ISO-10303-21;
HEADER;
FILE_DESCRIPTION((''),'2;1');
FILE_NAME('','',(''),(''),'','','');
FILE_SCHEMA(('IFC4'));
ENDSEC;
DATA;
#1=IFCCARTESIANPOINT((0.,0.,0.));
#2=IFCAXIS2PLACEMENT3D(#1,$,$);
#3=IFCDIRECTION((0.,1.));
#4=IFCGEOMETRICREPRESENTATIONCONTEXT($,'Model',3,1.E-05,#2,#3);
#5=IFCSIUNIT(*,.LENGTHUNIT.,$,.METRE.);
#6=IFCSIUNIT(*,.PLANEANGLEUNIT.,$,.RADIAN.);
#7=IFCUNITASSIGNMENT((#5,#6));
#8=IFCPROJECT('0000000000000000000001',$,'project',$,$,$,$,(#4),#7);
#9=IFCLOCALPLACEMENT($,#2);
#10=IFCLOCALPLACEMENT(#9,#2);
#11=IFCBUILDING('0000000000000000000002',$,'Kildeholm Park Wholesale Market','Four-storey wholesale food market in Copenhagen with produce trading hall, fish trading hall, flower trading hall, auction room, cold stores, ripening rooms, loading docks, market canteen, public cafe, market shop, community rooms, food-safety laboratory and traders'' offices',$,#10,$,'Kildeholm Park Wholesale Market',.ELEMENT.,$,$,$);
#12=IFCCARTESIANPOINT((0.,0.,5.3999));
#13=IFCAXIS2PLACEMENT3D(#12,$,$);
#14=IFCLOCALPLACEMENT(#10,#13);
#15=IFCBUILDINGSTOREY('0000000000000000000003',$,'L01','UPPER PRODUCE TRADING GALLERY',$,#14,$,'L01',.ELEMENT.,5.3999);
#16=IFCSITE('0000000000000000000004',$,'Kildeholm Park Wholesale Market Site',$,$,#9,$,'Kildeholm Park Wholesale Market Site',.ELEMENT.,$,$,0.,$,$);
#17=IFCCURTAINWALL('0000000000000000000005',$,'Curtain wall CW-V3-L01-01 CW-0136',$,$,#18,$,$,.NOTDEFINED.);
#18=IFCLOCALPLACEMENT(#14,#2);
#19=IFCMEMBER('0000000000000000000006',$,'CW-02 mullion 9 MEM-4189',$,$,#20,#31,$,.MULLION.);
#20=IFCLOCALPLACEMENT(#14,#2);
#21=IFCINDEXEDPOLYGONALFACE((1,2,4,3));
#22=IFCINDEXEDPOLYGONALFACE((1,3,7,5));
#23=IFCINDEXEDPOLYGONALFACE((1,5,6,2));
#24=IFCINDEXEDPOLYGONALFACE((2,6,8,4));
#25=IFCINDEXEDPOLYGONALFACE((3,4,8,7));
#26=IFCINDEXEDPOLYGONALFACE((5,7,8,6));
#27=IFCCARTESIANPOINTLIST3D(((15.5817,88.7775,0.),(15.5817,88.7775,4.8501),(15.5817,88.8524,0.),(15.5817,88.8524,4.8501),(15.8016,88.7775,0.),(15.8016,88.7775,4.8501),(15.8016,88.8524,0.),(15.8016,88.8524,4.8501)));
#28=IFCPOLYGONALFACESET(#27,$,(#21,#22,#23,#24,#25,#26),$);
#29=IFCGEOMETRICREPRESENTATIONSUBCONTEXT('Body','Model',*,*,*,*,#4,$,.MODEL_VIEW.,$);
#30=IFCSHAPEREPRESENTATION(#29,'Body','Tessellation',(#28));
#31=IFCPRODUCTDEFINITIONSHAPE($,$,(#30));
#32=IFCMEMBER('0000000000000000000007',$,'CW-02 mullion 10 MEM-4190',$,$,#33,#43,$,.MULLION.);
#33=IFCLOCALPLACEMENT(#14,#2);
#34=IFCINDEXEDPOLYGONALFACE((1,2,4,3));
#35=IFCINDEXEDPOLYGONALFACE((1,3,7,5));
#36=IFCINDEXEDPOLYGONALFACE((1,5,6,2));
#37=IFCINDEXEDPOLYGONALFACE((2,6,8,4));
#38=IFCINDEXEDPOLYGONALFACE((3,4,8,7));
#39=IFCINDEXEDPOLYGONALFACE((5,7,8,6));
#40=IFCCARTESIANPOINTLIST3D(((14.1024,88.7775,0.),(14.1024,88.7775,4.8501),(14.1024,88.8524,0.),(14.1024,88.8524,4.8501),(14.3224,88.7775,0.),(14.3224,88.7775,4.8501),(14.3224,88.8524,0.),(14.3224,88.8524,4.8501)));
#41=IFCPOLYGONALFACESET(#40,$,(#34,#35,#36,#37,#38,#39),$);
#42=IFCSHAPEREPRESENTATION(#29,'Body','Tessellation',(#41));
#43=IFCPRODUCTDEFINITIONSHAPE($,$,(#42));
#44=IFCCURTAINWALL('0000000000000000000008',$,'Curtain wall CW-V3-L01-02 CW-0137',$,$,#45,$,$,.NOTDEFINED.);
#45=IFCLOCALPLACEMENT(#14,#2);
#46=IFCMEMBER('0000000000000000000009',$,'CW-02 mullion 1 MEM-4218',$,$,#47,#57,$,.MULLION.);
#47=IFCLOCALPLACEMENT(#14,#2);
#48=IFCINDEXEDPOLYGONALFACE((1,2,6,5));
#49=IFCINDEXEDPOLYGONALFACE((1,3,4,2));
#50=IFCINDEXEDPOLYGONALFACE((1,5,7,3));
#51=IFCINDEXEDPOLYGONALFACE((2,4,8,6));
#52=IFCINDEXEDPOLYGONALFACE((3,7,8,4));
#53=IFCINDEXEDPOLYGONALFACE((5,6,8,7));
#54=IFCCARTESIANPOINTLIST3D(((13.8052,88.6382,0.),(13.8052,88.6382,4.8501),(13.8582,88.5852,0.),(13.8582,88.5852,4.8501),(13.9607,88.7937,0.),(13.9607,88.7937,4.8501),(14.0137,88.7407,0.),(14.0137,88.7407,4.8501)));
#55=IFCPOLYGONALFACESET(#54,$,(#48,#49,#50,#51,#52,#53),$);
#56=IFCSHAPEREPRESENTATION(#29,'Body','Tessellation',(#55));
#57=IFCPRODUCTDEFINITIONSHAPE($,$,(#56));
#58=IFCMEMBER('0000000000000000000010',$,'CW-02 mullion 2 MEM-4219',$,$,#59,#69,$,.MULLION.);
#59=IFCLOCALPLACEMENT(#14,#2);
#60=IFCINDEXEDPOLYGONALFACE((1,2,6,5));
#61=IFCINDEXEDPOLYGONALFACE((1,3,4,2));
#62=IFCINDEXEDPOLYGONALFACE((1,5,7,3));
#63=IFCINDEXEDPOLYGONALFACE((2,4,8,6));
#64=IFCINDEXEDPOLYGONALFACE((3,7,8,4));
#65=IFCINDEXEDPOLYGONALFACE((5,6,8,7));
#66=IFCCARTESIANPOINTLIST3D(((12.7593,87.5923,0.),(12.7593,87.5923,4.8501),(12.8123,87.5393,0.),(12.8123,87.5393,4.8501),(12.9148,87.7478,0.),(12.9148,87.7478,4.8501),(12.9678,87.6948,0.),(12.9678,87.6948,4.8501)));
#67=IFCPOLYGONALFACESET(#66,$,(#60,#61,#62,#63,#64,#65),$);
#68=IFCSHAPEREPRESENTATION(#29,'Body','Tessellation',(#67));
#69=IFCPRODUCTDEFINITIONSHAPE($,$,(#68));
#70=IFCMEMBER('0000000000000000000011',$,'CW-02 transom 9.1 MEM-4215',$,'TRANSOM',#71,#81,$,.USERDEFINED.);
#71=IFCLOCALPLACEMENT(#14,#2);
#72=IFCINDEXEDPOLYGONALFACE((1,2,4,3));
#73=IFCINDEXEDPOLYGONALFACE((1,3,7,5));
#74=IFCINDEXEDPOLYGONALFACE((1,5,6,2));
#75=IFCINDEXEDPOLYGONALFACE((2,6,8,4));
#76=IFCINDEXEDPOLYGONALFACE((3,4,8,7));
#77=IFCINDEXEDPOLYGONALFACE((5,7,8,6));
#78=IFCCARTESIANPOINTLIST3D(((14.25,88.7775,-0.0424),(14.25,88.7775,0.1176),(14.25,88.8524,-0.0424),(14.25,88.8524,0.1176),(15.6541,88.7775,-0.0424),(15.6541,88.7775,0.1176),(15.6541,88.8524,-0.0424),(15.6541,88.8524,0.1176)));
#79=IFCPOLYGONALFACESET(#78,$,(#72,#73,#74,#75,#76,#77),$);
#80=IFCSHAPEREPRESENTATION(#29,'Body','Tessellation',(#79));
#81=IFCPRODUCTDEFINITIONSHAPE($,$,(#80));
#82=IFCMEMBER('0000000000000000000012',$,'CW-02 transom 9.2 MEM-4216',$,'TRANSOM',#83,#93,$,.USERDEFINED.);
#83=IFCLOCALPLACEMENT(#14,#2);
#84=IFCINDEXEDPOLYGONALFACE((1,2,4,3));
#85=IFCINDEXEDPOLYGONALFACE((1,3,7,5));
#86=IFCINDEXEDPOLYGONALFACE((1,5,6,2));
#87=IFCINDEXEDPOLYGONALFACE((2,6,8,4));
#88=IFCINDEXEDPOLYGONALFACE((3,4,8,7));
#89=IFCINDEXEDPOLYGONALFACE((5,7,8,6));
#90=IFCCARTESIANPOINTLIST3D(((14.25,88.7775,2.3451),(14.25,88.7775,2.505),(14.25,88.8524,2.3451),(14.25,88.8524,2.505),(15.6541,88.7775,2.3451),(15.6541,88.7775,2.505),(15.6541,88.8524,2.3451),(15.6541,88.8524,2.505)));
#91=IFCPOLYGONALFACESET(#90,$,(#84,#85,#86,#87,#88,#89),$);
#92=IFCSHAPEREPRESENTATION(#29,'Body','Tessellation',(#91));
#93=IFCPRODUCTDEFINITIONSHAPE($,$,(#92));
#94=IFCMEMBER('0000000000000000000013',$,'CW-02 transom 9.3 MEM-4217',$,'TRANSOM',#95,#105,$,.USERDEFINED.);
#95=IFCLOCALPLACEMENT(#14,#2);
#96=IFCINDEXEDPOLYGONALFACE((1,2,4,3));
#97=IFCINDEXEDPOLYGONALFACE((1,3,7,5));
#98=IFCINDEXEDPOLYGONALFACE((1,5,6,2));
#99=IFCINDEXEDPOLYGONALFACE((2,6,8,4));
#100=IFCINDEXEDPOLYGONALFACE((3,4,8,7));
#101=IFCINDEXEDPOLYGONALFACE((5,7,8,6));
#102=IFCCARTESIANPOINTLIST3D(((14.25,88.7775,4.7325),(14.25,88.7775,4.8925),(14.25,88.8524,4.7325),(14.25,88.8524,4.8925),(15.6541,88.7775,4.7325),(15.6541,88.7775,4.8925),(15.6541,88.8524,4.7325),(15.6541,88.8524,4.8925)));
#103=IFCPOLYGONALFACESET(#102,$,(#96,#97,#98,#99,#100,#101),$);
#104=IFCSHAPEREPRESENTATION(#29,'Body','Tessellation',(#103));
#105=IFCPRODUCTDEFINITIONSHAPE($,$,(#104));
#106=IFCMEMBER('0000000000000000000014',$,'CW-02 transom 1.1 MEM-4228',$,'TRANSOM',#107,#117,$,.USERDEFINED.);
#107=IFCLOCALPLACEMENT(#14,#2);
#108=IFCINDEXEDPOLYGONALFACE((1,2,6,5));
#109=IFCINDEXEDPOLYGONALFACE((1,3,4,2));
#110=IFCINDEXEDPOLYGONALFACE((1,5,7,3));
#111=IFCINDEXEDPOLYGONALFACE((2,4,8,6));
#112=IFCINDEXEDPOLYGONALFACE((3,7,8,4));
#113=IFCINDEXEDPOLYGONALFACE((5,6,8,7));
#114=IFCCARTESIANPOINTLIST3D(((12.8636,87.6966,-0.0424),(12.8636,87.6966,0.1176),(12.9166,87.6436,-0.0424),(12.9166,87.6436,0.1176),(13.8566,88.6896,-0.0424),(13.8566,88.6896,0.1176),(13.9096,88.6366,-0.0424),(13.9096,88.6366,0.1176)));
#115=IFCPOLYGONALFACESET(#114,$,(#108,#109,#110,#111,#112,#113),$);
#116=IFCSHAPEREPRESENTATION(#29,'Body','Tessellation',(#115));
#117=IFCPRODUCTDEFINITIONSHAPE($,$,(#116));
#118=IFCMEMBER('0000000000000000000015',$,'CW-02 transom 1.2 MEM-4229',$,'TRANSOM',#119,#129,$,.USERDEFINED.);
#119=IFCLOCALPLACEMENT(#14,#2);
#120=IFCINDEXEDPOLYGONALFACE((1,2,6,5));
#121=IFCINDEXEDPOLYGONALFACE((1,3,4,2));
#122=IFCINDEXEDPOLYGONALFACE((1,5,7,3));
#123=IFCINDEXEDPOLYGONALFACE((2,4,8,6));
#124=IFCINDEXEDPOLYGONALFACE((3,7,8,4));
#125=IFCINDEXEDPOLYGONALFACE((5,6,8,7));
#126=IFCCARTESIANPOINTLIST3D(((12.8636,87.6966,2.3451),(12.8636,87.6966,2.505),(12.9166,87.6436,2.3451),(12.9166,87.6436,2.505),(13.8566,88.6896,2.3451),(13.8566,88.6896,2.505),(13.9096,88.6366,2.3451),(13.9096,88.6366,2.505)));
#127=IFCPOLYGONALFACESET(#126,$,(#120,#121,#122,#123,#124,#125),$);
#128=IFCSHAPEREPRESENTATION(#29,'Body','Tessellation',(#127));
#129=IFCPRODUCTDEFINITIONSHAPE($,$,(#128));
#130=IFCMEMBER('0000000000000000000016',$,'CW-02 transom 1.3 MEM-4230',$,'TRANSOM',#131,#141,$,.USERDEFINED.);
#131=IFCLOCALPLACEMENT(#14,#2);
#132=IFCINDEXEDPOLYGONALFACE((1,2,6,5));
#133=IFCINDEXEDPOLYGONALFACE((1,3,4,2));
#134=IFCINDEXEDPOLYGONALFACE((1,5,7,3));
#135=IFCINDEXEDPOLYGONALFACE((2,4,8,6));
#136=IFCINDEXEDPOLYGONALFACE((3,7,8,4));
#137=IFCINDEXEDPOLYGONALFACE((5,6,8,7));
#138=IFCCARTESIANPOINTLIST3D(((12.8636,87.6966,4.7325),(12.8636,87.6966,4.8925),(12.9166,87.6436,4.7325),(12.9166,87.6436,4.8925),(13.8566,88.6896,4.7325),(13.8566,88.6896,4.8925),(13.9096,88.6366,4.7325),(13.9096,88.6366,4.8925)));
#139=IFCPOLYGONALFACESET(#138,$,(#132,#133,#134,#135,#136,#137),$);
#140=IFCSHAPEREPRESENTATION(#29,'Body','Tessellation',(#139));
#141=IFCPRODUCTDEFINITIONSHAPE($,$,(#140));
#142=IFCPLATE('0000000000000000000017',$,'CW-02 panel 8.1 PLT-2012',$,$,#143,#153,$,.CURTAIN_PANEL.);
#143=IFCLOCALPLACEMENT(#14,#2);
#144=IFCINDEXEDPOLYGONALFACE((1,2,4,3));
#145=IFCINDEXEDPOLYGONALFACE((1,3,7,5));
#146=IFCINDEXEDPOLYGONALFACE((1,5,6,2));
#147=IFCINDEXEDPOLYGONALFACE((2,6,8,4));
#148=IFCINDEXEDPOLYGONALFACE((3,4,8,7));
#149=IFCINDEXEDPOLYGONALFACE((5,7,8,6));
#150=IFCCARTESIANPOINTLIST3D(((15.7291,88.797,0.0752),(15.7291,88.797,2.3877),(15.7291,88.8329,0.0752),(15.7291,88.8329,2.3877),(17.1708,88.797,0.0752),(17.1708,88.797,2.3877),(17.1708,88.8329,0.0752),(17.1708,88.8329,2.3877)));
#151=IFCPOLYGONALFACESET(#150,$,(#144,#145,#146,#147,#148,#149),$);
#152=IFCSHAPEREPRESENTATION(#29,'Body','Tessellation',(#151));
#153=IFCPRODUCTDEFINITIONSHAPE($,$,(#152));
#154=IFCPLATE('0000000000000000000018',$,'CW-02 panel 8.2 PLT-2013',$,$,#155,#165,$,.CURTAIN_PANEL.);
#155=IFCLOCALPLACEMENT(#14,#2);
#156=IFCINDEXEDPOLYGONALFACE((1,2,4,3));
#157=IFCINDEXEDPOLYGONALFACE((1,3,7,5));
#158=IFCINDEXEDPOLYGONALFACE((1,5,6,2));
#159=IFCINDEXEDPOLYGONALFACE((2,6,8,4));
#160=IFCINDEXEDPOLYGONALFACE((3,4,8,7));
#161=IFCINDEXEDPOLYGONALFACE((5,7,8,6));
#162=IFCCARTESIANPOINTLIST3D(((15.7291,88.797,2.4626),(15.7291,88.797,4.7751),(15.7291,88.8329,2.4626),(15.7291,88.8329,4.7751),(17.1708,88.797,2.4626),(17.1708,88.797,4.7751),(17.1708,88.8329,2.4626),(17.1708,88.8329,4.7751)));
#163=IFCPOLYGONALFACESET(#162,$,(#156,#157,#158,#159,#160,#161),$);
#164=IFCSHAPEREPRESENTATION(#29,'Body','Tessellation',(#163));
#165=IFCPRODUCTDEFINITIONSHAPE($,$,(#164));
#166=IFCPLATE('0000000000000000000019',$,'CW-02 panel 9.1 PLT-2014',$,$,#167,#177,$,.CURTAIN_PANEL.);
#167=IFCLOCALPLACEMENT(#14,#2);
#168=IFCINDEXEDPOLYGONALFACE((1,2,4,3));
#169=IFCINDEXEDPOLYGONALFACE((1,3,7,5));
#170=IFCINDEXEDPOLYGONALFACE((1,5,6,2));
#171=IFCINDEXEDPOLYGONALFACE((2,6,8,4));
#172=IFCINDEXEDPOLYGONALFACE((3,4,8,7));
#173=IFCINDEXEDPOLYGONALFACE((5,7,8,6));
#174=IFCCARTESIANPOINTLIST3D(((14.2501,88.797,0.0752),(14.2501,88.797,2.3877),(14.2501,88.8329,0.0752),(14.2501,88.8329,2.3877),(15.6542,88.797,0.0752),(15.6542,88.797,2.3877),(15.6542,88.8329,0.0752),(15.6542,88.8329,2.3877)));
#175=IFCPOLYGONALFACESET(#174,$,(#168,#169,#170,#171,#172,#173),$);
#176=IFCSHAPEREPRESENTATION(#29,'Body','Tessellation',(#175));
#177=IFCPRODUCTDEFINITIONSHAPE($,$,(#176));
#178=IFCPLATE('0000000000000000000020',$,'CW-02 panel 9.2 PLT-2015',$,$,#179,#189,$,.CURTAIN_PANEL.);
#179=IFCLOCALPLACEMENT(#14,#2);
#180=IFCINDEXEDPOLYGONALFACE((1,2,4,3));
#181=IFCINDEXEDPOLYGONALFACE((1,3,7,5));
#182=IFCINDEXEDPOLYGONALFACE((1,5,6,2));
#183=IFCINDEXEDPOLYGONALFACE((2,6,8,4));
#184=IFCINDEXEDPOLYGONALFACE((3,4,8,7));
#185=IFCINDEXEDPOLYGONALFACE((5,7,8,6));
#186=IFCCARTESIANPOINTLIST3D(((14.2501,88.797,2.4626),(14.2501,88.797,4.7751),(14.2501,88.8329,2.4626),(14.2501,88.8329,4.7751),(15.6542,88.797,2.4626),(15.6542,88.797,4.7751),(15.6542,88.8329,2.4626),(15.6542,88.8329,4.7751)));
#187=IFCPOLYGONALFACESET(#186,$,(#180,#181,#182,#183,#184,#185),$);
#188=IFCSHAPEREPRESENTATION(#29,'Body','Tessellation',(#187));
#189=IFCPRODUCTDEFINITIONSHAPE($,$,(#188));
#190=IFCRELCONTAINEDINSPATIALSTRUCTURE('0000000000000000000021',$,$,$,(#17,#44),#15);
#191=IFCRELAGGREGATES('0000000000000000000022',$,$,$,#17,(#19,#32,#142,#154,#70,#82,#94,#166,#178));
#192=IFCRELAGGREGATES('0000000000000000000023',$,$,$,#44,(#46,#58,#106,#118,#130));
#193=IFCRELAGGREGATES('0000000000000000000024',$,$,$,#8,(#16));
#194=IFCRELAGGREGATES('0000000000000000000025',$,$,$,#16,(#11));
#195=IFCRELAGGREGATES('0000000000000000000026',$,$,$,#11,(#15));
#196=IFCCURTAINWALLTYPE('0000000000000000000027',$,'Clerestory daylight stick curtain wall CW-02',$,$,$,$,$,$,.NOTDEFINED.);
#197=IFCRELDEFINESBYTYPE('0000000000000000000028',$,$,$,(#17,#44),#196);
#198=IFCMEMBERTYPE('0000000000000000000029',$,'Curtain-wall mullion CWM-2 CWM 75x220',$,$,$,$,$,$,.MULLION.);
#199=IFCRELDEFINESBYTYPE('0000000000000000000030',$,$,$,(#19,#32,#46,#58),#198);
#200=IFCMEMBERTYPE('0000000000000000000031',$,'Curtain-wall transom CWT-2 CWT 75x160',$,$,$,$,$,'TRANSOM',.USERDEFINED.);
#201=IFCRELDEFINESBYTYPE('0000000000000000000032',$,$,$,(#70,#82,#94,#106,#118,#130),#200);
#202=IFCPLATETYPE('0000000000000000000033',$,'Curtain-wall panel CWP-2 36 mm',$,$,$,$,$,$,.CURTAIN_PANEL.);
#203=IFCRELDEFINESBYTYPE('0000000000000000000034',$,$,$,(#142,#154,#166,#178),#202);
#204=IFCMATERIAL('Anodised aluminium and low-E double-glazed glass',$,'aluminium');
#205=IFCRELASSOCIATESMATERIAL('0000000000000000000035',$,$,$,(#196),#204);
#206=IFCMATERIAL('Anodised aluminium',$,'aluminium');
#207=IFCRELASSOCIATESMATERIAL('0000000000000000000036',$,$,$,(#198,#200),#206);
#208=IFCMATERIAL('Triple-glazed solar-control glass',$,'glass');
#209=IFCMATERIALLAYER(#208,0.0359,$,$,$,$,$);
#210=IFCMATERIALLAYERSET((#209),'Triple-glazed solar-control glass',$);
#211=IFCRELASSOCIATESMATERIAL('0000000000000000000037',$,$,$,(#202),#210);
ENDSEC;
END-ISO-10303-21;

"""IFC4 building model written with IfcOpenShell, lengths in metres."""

from ifc_helpers import new_model, si_unit, direction, frame, origin, origin_2d, place, context, subcontext, project, spatial, rectangle, extrude, material, layer, layer_set, material_profile, profile_set, type_object, element, aggregate, save


model = new_model("IFC4")

# Units and contexts
model_context = context("Model", 3, precision=1e-05, world=origin(), true_north=direction((0.0, 1.0)))
body_context = subcontext(model_context, "Body", "Model", "MODEL_VIEW")
ifc_project = project(units=[si_unit("LENGTHUNIT", "METRE"), si_unit("PLANEANGLEUNIT", "RADIAN")], contexts=[model_context])

# Site, building, storey
site_placement = place(None, origin())
site = spatial("IfcSite", under=ifc_project, at=site_placement, Name="Kildeholm Park Wholesale Market Site", LongName="Kildeholm Park Wholesale Market Site", CompositionType="ELEMENT", RefElevation=0.0)
building_placement = place(site_placement, origin())
building = spatial("IfcBuilding", under=site, at=building_placement, Name="Kildeholm Park Wholesale Market", Description="Four-storey wholesale food market in Copenhagen with produce trading hall, fish trading hall, flower trading hall, auction room, cold stores, ripening rooms, loading docks, market canteen, public cafe, market shop, community rooms, food-safety laboratory and traders' offices", LongName="Kildeholm Park Wholesale Market", CompositionType="ELEMENT")
storey_placement = place(building_placement, frame((0.0, 0.0, 5.3999)))
storey = spatial("IfcBuildingStorey", under=building, at=storey_placement, Name="L01", Description="UPPER PRODUCE TRADING GALLERY", LongName="L01", CompositionType="ELEMENT", Elevation=5.3999)

# Curtain walls, members
ifc_material_1 = material(Name="Anodised aluminium and low-E double-glazed glass", Category="aluminium")
curtain_wall_type = type_object("IfcCurtainWallType", Name="Clerestory daylight stick curtain wall CW-02", PredefinedType="NOTDEFINED", material=ifc_material_1)
curtain_wall_1_placement = place(storey_placement, origin())
curtain_wall_1 = element("IfcCurtainWall", 1, at=curtain_wall_1_placement, inside=storey, type_object=curtain_wall_type, Name="Curtain wall CW-V3-L01-01 CW-0136", PredefinedType="NOTDEFINED")
ifc_material_2 = material(Name="Anodised aluminium", Category="aluminium")
ifc_material_profile_1 = material_profile(ifc_material_2, rectangle(XDim=0.075, YDim=0.22, at=origin_2d()), Name="CWM 75x220")
ifc_profile_set_1 = profile_set([ifc_material_profile_1], Name="Anodised aluminium")
member_type_1 = type_object("IfcMemberType", Name="Curtain-wall mullion CWM-2 CWM 75x220", PredefinedType="MULLION", material=ifc_profile_set_1)
member_1_placement = place(storey_placement, frame((15.6917, 88.8149, 0.0), z_axis=(0.0, 0.0, 1.0), x_axis=(0.0, -1.0, 0.0)))
member_1 = element("IfcMember", 2, at=member_1_placement, type_object=member_type_1, Name="CW-02 mullion 9 MEM-4189", PredefinedType="MULLION", context=body_context, shape_type="SweptSolid", body=[
    extrude(rectangle(XDim=0.075, YDim=0.22, at=origin_2d()), origin(), (0.0, 0.0, 1.0), 4.8501),
])
member_2_placement = place(storey_placement, frame((14.2124, 88.8149, 0.0), z_axis=(0.0, 0.0, 1.0), x_axis=(0.0, -1.0, 0.0)))
member_2 = element("IfcMember", 3, at=member_2_placement, type_object=member_type_1, Name="CW-02 mullion 10 MEM-4190", PredefinedType="MULLION", context=body_context, shape_type="SweptSolid", body=[
    extrude(rectangle(XDim=0.075, YDim=0.22, at=origin_2d()), origin(), (0.0, 0.0, 1.0), 4.8501),
])
curtain_wall_2_placement = place(storey_placement, origin())
curtain_wall_2 = element("IfcCurtainWall", 4, at=curtain_wall_2_placement, inside=storey, type_object=curtain_wall_type, Name="Curtain wall CW-V3-L01-02 CW-0137", PredefinedType="NOTDEFINED")
member_3_placement = place(storey_placement, frame((13.9094, 88.6895, 0.0), z_axis=(0.0, 0.0, 1.0), x_axis=(0.707107, -0.707107, 0.0)))
member_3 = element("IfcMember", 5, at=member_3_placement, type_object=member_type_1, Name="CW-02 mullion 1 MEM-4218", PredefinedType="MULLION", context=body_context, shape_type="SweptSolid", body=[
    extrude(rectangle(XDim=0.075, YDim=0.22, at=origin_2d()), origin(), (0.0, 0.0, 1.0), 4.8501),
])
member_4_placement = place(storey_placement, frame((12.8635, 87.6436, 0.0), z_axis=(0.0, 0.0, 1.0), x_axis=(0.707107, -0.707107, 0.0)))
member_4 = element("IfcMember", 6, at=member_4_placement, type_object=member_type_1, Name="CW-02 mullion 2 MEM-4219", PredefinedType="MULLION", context=body_context, shape_type="SweptSolid", body=[
    extrude(rectangle(XDim=0.075, YDim=0.22, at=origin_2d()), origin(), (0.0, 0.0, 1.0), 4.8501),
])

# Members
ifc_material_profile_2 = material_profile(ifc_material_2, rectangle(XDim=0.075, YDim=0.1599, at=origin_2d()), Name="CWT 75x160")
ifc_profile_set_2 = profile_set([ifc_material_profile_2], Name="Anodised aluminium")
member_type_2 = type_object("IfcMemberType", Name="Curtain-wall transom CWT-2 CWT 75x160", ElementType="TRANSOM", PredefinedType="USERDEFINED", material=ifc_profile_set_2)
member_5_placement = place(storey_placement, frame((15.6541, 88.8149, 0.0376), z_axis=(-1.0, 0.0, 0.0), x_axis=(0.0, -1.0, 0.0)))
member_5 = element("IfcMember", 7, at=member_5_placement, type_object=member_type_2, Name="CW-02 transom 9.1 MEM-4215", ObjectType="TRANSOM", PredefinedType="USERDEFINED", context=body_context, shape_type="SweptSolid", body=[
    extrude(rectangle(XDim=0.075, YDim=0.1599, at=origin_2d()), origin(), (0.0, 0.0, 1.0), 1.4041),
])
member_6_placement = place(storey_placement, frame((15.6541, 88.8149, 2.425), z_axis=(-1.0, 0.0, 0.0), x_axis=(0.0, -1.0, 0.0)))
member_6 = element("IfcMember", 8, at=member_6_placement, type_object=member_type_2, Name="CW-02 transom 9.2 MEM-4216", ObjectType="TRANSOM", PredefinedType="USERDEFINED", context=body_context, shape_type="SweptSolid", body=[
    extrude(rectangle(XDim=0.075, YDim=0.1599, at=origin_2d()), origin(), (0.0, 0.0, 1.0), 1.4041),
])
member_7_placement = place(storey_placement, frame((15.6541, 88.8149, 4.8125), z_axis=(-1.0, 0.0, 0.0), x_axis=(0.0, -1.0, 0.0)))
member_7 = element("IfcMember", 9, at=member_7_placement, type_object=member_type_2, Name="CW-02 transom 9.3 MEM-4217", ObjectType="TRANSOM", PredefinedType="USERDEFINED", context=body_context, shape_type="SweptSolid", body=[
    extrude(rectangle(XDim=0.075, YDim=0.1599, at=origin_2d()), origin(), (0.0, 0.0, 1.0), 1.4041),
])
member_8_placement = place(storey_placement, frame((13.8831, 88.6631, 0.0376), z_axis=(-0.707107, -0.707107, 0.0), x_axis=(0.707107, -0.707107, 0.0)))
member_8 = element("IfcMember", 10, at=member_8_placement, type_object=member_type_2, Name="CW-02 transom 1.1 MEM-4228", ObjectType="TRANSOM", PredefinedType="USERDEFINED", context=body_context, shape_type="SweptSolid", body=[
    extrude(rectangle(XDim=0.075, YDim=0.1599, at=origin_2d()), origin(), (0.0, 0.0, 1.0), 1.4043),
])
member_9_placement = place(storey_placement, frame((13.8831, 88.6631, 2.425), z_axis=(-0.707107, -0.707107, 0.0), x_axis=(0.707107, -0.707107, 0.0)))
member_9 = element("IfcMember", 11, at=member_9_placement, type_object=member_type_2, Name="CW-02 transom 1.2 MEM-4229", ObjectType="TRANSOM", PredefinedType="USERDEFINED", context=body_context, shape_type="SweptSolid", body=[
    extrude(rectangle(XDim=0.075, YDim=0.1599, at=origin_2d()), origin(), (0.0, 0.0, 1.0), 1.4043),
])
member_10_placement = place(storey_placement, frame((13.8831, 88.6631, 4.8125), z_axis=(-0.707107, -0.707107, 0.0), x_axis=(0.707107, -0.707107, 0.0)))
member_10 = element("IfcMember", 12, at=member_10_placement, type_object=member_type_2, Name="CW-02 transom 1.3 MEM-4230", ObjectType="TRANSOM", PredefinedType="USERDEFINED", context=body_context, shape_type="SweptSolid", body=[
    extrude(rectangle(XDim=0.075, YDim=0.1599, at=origin_2d()), origin(), (0.0, 0.0, 1.0), 1.4043),
])

# Plates
ifc_material_3 = material(Name="Triple-glazed solar-control glass", Category="glass")
ifc_layer = layer(ifc_material_3, 0.0359)
ifc_layer_set = layer_set([ifc_layer], Name="Triple-glazed solar-control glass")
plate_type = type_object("IfcPlateType", Name="Curtain-wall panel CWP-2 36 mm", PredefinedType="CURTAIN_PANEL", material=ifc_layer_set)
plate_1_placement = place(storey_placement, frame((16.45, 88.8149, 0.0752), z_axis=(0.0, 0.0, 1.0), x_axis=(-1.0, 0.0, 0.0)))
plate_1 = element("IfcPlate", 13, at=plate_1_placement, type_object=plate_type, Name="CW-02 panel 8.1 PLT-2012", PredefinedType="CURTAIN_PANEL", context=body_context, shape_type="SweptSolid", body=[
    extrude(rectangle(XDim=1.4417, YDim=0.0359, at=origin_2d()), origin(), (0.0, 0.0, 1.0), 2.3125),
])
plate_2_placement = place(storey_placement, frame((16.45, 88.8149, 2.4626), z_axis=(0.0, 0.0, 1.0), x_axis=(-1.0, 0.0, 0.0)))
plate_2 = element("IfcPlate", 14, at=plate_2_placement, type_object=plate_type, Name="CW-02 panel 8.2 PLT-2013", PredefinedType="CURTAIN_PANEL", context=body_context, shape_type="SweptSolid", body=[
    extrude(rectangle(XDim=1.4417, YDim=0.0359, at=origin_2d()), origin(), (0.0, 0.0, 1.0), 2.3125),
])
plate_3_placement = place(storey_placement, frame((14.9521, 88.8149, 0.0752), z_axis=(0.0, 0.0, 1.0), x_axis=(-1.0, 0.0, 0.0)))
plate_3 = element("IfcPlate", 15, at=plate_3_placement, type_object=plate_type, Name="CW-02 panel 9.1 PLT-2014", PredefinedType="CURTAIN_PANEL", context=body_context, shape_type="SweptSolid", body=[
    extrude(rectangle(XDim=1.4041, YDim=0.0359, at=origin_2d()), origin(), (0.0, 0.0, 1.0), 2.3125),
])
plate_4_placement = place(storey_placement, frame((14.9521, 88.8149, 2.4626), z_axis=(0.0, 0.0, 1.0), x_axis=(-1.0, 0.0, 0.0)))
plate_4 = element("IfcPlate", 16, at=plate_4_placement, type_object=plate_type, Name="CW-02 panel 9.2 PLT-2015", PredefinedType="CURTAIN_PANEL", context=body_context, shape_type="SweptSolid", body=[
    extrude(rectangle(XDim=1.4041, YDim=0.0359, at=origin_2d()), origin(), (0.0, 0.0, 1.0), 2.3125),
])
aggregate(curtain_wall_1, [member_1, member_2, plate_1, plate_2, member_5, member_6, member_7, plate_3, plate_4])
aggregate(curtain_wall_2, [member_3, member_4, member_8, member_9, member_10])

save(model, "model.ifc")
